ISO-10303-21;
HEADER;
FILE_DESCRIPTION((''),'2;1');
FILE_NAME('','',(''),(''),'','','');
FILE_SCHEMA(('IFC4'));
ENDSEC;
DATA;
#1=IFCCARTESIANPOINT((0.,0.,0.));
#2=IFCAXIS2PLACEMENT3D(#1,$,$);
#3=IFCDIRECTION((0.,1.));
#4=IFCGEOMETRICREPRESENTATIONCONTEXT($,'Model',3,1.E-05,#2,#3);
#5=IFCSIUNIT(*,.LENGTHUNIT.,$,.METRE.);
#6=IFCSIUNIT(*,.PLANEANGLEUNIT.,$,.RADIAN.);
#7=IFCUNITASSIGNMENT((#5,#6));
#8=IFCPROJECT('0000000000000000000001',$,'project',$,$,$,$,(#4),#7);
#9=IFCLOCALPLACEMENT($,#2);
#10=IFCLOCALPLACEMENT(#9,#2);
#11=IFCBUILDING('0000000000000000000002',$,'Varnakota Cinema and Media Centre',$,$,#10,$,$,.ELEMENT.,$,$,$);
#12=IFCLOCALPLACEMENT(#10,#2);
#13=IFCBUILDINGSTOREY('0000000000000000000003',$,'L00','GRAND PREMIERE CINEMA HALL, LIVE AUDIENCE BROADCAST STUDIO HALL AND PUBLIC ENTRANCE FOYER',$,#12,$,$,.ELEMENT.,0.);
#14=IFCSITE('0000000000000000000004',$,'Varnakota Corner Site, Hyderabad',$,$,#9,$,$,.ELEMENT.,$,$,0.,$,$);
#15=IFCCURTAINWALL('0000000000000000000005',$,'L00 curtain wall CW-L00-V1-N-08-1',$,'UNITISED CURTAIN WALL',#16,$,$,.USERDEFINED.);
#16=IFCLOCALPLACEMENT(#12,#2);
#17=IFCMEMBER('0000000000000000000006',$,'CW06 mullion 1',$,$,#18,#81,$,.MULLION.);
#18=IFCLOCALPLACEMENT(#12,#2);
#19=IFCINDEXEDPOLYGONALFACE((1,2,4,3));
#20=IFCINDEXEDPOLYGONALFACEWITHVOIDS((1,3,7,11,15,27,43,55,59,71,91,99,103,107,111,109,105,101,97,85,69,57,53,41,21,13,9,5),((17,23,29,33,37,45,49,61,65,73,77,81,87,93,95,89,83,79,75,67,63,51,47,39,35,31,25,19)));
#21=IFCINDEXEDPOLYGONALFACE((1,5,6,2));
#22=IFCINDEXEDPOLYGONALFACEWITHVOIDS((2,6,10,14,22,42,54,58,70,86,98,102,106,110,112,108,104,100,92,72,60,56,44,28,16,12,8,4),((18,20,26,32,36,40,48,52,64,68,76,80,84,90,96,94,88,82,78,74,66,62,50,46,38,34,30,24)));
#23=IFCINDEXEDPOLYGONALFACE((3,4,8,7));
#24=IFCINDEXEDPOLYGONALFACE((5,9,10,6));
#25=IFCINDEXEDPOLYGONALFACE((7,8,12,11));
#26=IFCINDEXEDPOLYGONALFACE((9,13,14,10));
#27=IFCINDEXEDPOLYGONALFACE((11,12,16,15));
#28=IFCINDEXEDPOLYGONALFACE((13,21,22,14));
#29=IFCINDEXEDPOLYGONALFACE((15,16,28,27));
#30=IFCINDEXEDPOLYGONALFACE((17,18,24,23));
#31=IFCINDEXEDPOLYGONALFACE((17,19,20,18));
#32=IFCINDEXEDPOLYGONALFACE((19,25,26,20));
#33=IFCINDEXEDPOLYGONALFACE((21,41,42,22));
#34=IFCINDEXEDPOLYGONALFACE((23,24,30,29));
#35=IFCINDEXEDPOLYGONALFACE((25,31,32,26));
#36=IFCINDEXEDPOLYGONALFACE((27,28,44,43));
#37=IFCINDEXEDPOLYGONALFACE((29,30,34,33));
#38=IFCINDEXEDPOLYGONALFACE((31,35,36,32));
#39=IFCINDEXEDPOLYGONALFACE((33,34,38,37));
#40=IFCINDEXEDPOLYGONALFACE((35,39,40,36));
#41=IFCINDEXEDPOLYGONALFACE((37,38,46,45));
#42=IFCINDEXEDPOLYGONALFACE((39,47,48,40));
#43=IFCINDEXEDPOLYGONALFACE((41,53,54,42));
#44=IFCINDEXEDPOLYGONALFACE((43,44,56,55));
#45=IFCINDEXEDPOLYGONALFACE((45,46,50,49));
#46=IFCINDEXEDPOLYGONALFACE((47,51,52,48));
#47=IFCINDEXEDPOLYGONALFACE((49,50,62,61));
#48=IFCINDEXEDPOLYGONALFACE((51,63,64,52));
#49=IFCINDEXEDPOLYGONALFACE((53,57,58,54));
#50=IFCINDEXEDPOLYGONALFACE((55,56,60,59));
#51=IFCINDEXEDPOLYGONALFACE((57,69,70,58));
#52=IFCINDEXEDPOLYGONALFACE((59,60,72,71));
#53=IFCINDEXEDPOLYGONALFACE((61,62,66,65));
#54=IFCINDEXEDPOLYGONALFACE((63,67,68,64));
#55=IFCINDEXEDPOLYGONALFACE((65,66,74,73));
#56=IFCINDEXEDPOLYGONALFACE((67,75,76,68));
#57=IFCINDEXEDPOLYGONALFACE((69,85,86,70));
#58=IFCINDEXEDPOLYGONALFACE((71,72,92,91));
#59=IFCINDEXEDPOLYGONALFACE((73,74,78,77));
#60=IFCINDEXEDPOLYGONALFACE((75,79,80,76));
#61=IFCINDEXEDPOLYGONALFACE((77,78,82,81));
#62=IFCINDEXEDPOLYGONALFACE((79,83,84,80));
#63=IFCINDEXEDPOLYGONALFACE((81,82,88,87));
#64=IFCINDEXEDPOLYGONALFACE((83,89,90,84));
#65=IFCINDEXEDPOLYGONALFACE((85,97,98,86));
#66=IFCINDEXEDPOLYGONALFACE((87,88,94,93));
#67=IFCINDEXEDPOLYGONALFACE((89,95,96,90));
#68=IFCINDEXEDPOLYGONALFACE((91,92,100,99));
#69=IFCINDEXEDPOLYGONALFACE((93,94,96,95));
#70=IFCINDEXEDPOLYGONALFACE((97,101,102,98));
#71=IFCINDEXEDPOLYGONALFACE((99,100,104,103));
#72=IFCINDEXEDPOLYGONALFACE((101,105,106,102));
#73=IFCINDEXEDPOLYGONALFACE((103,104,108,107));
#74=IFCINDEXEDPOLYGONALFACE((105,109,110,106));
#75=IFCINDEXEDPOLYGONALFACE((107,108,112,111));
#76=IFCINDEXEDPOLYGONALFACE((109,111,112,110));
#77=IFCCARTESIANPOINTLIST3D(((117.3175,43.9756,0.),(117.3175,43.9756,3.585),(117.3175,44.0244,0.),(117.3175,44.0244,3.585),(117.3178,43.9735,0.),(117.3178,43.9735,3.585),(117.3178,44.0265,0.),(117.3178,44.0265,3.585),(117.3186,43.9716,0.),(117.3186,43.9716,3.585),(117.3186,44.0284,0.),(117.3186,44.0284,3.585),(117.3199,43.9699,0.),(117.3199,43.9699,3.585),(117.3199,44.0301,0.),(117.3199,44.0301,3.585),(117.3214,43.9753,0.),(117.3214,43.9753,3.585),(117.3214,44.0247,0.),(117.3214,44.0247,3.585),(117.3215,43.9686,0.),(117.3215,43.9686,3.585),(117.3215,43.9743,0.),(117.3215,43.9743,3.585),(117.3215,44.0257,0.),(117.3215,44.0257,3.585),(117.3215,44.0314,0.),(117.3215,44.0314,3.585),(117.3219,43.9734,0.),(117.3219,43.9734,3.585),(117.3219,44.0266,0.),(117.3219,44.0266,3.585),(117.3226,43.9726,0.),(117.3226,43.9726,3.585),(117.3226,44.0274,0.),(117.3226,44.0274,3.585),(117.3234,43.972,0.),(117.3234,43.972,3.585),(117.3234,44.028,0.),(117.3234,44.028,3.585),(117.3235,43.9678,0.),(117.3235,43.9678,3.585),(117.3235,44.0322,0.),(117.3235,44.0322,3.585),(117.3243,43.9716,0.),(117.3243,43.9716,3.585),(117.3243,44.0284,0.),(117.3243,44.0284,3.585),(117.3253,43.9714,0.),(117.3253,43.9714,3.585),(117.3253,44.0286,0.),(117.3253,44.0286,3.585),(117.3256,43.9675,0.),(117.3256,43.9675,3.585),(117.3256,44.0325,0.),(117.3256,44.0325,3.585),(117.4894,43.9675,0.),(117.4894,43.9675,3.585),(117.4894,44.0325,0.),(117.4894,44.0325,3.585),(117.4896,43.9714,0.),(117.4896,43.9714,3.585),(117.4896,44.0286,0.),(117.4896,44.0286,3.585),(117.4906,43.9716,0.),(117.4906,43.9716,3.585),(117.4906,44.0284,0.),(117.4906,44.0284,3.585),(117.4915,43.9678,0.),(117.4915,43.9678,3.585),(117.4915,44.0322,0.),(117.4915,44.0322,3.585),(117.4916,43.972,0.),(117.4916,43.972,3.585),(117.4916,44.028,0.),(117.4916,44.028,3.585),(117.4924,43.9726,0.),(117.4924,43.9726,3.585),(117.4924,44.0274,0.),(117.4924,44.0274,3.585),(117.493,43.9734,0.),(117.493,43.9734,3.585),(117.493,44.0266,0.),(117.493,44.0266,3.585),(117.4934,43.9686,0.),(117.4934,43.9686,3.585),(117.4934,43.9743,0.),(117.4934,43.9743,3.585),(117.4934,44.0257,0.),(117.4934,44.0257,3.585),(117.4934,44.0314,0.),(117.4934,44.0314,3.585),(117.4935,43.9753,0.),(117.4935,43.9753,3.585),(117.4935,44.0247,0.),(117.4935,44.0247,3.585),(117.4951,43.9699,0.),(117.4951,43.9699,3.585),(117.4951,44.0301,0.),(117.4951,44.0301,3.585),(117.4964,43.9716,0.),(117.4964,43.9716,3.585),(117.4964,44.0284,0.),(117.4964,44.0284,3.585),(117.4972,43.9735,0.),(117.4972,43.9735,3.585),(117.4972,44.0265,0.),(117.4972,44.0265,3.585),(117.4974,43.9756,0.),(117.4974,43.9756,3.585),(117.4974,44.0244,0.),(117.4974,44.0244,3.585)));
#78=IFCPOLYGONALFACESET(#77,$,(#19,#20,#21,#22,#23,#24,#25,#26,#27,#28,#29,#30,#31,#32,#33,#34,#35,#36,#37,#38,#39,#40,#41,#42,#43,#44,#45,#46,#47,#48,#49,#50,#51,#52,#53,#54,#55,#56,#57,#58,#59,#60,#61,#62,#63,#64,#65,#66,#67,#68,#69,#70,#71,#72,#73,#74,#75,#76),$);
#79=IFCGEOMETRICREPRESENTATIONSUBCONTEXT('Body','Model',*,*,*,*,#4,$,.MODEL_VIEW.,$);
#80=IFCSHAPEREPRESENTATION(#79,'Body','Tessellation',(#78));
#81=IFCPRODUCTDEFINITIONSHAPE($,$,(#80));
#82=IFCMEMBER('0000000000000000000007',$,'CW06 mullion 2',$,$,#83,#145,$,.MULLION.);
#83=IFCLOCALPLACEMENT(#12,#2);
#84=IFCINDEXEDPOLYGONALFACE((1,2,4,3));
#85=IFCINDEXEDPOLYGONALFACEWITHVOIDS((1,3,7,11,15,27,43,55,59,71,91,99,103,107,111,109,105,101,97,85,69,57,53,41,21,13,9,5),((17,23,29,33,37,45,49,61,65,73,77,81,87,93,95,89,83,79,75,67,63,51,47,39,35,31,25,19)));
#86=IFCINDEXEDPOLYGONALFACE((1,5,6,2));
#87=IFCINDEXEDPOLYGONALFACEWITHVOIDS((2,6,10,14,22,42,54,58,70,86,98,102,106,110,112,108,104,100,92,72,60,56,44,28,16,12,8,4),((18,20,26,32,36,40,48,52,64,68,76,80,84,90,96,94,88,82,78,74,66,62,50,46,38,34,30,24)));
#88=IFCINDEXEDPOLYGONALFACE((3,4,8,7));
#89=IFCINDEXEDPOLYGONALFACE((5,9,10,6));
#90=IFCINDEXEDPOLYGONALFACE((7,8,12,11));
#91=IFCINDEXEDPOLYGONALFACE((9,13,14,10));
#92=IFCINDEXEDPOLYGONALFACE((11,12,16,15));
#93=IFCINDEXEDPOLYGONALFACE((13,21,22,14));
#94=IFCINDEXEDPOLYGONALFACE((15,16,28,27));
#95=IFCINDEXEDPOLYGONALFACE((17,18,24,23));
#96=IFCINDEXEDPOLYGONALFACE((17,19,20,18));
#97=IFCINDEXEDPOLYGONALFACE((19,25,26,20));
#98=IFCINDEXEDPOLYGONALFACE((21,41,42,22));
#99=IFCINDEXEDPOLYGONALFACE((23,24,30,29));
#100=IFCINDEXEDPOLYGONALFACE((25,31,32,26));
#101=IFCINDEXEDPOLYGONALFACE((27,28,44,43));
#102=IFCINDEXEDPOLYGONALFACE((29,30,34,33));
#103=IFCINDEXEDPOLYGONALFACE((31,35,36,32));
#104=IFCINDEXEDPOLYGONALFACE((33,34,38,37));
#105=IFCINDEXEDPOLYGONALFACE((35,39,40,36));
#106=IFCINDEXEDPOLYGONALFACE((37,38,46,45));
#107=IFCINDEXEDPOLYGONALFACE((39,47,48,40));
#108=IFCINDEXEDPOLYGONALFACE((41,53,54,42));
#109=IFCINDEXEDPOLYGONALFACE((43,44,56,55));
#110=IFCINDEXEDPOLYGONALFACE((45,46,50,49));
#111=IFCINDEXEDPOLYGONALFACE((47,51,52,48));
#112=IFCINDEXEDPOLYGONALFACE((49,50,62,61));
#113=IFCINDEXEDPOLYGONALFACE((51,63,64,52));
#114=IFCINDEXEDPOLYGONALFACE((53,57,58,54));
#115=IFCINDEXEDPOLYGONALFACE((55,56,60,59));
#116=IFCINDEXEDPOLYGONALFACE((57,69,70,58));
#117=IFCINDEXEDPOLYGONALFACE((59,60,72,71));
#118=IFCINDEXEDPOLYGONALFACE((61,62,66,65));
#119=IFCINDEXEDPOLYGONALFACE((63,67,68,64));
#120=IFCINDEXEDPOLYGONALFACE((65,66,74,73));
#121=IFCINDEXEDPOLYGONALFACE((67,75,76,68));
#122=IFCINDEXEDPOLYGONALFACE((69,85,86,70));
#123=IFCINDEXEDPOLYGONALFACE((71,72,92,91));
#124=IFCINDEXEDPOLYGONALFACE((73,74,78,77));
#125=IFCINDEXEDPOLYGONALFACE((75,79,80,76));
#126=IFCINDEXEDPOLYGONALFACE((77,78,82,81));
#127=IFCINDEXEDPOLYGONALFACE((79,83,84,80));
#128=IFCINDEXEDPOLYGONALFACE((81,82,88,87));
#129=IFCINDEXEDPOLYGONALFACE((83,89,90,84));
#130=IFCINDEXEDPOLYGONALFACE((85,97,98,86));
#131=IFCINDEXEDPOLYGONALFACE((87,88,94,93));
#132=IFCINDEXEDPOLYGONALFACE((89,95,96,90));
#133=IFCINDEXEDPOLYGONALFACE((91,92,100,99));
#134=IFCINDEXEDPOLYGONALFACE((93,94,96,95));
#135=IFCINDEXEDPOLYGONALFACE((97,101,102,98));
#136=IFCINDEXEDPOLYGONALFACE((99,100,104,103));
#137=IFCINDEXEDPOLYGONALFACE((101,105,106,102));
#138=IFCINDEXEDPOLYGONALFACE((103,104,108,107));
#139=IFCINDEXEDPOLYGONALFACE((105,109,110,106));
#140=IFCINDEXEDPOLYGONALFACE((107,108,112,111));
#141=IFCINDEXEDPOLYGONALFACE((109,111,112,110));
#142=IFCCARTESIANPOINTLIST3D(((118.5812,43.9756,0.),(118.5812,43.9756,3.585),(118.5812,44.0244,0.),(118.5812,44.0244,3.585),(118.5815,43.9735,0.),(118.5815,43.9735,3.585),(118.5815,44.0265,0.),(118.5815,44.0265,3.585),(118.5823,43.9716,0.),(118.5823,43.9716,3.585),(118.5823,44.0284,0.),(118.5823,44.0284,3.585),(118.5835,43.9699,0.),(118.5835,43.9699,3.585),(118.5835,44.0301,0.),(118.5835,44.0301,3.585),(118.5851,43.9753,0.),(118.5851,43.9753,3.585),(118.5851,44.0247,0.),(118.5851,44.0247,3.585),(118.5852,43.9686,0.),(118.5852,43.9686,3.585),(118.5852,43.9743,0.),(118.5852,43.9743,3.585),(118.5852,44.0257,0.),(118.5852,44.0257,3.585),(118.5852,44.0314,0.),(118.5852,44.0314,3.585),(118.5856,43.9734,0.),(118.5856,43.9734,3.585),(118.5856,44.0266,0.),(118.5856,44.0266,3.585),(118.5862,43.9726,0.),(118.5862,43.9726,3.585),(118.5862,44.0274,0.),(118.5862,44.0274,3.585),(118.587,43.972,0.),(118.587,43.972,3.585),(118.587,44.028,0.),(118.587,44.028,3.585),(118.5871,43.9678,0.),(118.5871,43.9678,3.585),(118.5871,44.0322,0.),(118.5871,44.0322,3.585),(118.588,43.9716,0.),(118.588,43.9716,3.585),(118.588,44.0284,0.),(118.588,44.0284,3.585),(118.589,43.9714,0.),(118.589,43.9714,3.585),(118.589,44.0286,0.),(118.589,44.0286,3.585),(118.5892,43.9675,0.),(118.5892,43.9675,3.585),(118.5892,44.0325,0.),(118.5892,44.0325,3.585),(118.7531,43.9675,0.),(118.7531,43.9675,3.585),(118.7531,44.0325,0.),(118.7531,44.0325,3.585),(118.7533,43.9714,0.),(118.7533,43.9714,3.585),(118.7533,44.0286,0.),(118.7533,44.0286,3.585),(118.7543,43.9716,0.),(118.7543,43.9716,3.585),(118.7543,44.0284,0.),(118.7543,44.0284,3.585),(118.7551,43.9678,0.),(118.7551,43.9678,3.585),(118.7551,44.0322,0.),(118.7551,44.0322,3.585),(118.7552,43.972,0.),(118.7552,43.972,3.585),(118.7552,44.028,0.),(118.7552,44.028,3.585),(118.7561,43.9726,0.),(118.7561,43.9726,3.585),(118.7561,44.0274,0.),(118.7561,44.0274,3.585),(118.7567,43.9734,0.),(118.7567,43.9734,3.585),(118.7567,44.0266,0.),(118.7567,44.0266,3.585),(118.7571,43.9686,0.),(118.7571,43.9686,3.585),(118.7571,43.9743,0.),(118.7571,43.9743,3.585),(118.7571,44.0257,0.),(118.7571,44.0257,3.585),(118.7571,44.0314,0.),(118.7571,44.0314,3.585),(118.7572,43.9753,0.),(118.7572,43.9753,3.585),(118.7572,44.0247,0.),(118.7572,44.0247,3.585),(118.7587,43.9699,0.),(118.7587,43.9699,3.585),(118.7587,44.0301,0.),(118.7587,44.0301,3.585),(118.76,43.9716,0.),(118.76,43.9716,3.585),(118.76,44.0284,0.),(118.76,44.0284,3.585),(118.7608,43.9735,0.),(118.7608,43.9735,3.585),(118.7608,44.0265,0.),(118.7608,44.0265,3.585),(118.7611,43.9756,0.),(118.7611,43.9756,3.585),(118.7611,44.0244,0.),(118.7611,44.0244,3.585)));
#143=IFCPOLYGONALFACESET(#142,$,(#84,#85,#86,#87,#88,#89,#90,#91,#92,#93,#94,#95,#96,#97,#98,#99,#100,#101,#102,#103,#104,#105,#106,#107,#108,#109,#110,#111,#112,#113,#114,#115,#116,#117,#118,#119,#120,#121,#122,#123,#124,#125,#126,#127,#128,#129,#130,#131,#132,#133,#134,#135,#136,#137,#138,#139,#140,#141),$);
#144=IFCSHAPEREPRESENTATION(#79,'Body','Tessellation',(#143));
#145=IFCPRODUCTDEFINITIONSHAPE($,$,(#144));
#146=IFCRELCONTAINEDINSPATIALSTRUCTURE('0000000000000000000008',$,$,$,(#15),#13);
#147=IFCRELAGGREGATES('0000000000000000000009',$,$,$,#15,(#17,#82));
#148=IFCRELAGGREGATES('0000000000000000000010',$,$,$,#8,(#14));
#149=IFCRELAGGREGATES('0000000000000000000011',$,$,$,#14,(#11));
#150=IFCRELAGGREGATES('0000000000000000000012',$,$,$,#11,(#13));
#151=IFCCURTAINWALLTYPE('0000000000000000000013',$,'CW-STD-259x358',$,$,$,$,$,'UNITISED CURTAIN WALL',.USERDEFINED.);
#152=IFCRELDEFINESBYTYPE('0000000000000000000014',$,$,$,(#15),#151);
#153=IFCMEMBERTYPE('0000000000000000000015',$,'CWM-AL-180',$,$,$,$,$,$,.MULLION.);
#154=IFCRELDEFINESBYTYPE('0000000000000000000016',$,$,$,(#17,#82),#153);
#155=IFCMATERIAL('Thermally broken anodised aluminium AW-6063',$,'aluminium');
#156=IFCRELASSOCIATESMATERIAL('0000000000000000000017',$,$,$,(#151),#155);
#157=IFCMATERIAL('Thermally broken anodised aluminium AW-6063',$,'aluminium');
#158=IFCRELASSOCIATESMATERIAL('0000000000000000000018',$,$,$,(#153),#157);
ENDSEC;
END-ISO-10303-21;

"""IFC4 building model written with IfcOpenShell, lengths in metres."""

from ifc_helpers import new_model, si_unit, direction, frame, origin, origin_2d, place, context, subcontext, project, spatial, hollow_rectangle, extrude, material, material_profile, profile_set, type_object, element, aggregate, save


model = new_model("IFC4")

# Units and contexts
model_context = context("Model", 3, precision=1e-05, world=origin(), true_north=direction((0.0, 1.0)))
body_context = subcontext(model_context, "Body", "Model", "MODEL_VIEW")
ifc_project = project(units=[si_unit("LENGTHUNIT", "METRE"), si_unit("PLANEANGLEUNIT", "RADIAN")], contexts=[model_context])

# Site, building, storey
site_placement = place(None, origin())
site = spatial("IfcSite", under=ifc_project, at=site_placement, Name="Varnakota Corner Site, Hyderabad", CompositionType="ELEMENT", RefElevation=0.0)
building_placement = place(site_placement, origin())
building = spatial("IfcBuilding", under=site, at=building_placement, Name="Varnakota Cinema and Media Centre", CompositionType="ELEMENT")
storey_placement = place(building_placement, origin())
storey = spatial("IfcBuildingStorey", under=building, at=storey_placement, Name="L00", Description="GRAND PREMIERE CINEMA HALL, LIVE AUDIENCE BROADCAST STUDIO HALL AND PUBLIC ENTRANCE FOYER", CompositionType="ELEMENT", Elevation=0.0)

# Curtain wall, members
ifc_material_1 = material(Name="Thermally broken anodised aluminium AW-6063", Category="aluminium")
curtain_wall_type = type_object("IfcCurtainWallType", Name="CW-STD-259x358", ElementType="UNITISED CURTAIN WALL", PredefinedType="USERDEFINED", material=ifc_material_1)
ifc_material_2 = material(Name="Thermally broken anodised aluminium AW-6063", Category="aluminium")
ifc_material_profile_1 = material_profile(ifc_material_2, hollow_rectangle(XDim=0.0649, YDim=0.1799, WallThickness=0.0039, InnerFilletRadius=0.0039, OuterFilletRadius=0.0081, at=origin_2d()), Name="AL-MULLION 180x65x4")
ifc_profile_set_1 = profile_set([ifc_material_profile_1], Name="Thermally broken anodised aluminium AW-6063")
member_type_1 = type_object("IfcMemberType", Name="CWM-AL-180", PredefinedType="MULLION", material=ifc_profile_set_1)
curtain_wall_1_placement = place(storey_placement, origin())
curtain_wall_1 = element("IfcCurtainWall", 1, at=curtain_wall_1_placement, inside=storey, type_object=curtain_wall_type, Name="L00 curtain wall CW-L00-V1-N-08-1", ObjectType="UNITISED CURTAIN WALL", PredefinedType="USERDEFINED")
member_1_placement = place(storey_placement, frame((117.4075, 44.0, 0.0), z_axis=(0.0, 0.0, 1.0), x_axis=(0.0, 1.0, 0.0)))
member_1 = element("IfcMember", 2, at=member_1_placement, type_object=member_type_1, Name="CW06 mullion 1", PredefinedType="MULLION", context=body_context, shape_type="SweptSolid", body=[
    extrude(hollow_rectangle(XDim=0.0649, YDim=0.1799, WallThickness=0.0039, InnerFilletRadius=0.0039, OuterFilletRadius=0.0081, at=origin_2d()), origin(), (0.0, 0.0, 1.0), 3.585),
])
member_2_placement = place(storey_placement, frame((118.6711, 44.0, 0.0), z_axis=(0.0, 0.0, 1.0), x_axis=(0.0, 1.0, 0.0)))
member_2 = element("IfcMember", 3, at=member_2_placement, type_object=member_type_1, Name="CW06 mullion 2", PredefinedType="MULLION", context=body_context, shape_type="SweptSolid", body=[
    extrude(hollow_rectangle(XDim=0.0649, YDim=0.1799, WallThickness=0.0039, InnerFilletRadius=0.0039, OuterFilletRadius=0.0081, at=origin_2d()), origin(), (0.0, 0.0, 1.0), 3.585),
])

aggregate(curtain_wall_1, [member_1, member_2])

save(model, "model.ifc")
